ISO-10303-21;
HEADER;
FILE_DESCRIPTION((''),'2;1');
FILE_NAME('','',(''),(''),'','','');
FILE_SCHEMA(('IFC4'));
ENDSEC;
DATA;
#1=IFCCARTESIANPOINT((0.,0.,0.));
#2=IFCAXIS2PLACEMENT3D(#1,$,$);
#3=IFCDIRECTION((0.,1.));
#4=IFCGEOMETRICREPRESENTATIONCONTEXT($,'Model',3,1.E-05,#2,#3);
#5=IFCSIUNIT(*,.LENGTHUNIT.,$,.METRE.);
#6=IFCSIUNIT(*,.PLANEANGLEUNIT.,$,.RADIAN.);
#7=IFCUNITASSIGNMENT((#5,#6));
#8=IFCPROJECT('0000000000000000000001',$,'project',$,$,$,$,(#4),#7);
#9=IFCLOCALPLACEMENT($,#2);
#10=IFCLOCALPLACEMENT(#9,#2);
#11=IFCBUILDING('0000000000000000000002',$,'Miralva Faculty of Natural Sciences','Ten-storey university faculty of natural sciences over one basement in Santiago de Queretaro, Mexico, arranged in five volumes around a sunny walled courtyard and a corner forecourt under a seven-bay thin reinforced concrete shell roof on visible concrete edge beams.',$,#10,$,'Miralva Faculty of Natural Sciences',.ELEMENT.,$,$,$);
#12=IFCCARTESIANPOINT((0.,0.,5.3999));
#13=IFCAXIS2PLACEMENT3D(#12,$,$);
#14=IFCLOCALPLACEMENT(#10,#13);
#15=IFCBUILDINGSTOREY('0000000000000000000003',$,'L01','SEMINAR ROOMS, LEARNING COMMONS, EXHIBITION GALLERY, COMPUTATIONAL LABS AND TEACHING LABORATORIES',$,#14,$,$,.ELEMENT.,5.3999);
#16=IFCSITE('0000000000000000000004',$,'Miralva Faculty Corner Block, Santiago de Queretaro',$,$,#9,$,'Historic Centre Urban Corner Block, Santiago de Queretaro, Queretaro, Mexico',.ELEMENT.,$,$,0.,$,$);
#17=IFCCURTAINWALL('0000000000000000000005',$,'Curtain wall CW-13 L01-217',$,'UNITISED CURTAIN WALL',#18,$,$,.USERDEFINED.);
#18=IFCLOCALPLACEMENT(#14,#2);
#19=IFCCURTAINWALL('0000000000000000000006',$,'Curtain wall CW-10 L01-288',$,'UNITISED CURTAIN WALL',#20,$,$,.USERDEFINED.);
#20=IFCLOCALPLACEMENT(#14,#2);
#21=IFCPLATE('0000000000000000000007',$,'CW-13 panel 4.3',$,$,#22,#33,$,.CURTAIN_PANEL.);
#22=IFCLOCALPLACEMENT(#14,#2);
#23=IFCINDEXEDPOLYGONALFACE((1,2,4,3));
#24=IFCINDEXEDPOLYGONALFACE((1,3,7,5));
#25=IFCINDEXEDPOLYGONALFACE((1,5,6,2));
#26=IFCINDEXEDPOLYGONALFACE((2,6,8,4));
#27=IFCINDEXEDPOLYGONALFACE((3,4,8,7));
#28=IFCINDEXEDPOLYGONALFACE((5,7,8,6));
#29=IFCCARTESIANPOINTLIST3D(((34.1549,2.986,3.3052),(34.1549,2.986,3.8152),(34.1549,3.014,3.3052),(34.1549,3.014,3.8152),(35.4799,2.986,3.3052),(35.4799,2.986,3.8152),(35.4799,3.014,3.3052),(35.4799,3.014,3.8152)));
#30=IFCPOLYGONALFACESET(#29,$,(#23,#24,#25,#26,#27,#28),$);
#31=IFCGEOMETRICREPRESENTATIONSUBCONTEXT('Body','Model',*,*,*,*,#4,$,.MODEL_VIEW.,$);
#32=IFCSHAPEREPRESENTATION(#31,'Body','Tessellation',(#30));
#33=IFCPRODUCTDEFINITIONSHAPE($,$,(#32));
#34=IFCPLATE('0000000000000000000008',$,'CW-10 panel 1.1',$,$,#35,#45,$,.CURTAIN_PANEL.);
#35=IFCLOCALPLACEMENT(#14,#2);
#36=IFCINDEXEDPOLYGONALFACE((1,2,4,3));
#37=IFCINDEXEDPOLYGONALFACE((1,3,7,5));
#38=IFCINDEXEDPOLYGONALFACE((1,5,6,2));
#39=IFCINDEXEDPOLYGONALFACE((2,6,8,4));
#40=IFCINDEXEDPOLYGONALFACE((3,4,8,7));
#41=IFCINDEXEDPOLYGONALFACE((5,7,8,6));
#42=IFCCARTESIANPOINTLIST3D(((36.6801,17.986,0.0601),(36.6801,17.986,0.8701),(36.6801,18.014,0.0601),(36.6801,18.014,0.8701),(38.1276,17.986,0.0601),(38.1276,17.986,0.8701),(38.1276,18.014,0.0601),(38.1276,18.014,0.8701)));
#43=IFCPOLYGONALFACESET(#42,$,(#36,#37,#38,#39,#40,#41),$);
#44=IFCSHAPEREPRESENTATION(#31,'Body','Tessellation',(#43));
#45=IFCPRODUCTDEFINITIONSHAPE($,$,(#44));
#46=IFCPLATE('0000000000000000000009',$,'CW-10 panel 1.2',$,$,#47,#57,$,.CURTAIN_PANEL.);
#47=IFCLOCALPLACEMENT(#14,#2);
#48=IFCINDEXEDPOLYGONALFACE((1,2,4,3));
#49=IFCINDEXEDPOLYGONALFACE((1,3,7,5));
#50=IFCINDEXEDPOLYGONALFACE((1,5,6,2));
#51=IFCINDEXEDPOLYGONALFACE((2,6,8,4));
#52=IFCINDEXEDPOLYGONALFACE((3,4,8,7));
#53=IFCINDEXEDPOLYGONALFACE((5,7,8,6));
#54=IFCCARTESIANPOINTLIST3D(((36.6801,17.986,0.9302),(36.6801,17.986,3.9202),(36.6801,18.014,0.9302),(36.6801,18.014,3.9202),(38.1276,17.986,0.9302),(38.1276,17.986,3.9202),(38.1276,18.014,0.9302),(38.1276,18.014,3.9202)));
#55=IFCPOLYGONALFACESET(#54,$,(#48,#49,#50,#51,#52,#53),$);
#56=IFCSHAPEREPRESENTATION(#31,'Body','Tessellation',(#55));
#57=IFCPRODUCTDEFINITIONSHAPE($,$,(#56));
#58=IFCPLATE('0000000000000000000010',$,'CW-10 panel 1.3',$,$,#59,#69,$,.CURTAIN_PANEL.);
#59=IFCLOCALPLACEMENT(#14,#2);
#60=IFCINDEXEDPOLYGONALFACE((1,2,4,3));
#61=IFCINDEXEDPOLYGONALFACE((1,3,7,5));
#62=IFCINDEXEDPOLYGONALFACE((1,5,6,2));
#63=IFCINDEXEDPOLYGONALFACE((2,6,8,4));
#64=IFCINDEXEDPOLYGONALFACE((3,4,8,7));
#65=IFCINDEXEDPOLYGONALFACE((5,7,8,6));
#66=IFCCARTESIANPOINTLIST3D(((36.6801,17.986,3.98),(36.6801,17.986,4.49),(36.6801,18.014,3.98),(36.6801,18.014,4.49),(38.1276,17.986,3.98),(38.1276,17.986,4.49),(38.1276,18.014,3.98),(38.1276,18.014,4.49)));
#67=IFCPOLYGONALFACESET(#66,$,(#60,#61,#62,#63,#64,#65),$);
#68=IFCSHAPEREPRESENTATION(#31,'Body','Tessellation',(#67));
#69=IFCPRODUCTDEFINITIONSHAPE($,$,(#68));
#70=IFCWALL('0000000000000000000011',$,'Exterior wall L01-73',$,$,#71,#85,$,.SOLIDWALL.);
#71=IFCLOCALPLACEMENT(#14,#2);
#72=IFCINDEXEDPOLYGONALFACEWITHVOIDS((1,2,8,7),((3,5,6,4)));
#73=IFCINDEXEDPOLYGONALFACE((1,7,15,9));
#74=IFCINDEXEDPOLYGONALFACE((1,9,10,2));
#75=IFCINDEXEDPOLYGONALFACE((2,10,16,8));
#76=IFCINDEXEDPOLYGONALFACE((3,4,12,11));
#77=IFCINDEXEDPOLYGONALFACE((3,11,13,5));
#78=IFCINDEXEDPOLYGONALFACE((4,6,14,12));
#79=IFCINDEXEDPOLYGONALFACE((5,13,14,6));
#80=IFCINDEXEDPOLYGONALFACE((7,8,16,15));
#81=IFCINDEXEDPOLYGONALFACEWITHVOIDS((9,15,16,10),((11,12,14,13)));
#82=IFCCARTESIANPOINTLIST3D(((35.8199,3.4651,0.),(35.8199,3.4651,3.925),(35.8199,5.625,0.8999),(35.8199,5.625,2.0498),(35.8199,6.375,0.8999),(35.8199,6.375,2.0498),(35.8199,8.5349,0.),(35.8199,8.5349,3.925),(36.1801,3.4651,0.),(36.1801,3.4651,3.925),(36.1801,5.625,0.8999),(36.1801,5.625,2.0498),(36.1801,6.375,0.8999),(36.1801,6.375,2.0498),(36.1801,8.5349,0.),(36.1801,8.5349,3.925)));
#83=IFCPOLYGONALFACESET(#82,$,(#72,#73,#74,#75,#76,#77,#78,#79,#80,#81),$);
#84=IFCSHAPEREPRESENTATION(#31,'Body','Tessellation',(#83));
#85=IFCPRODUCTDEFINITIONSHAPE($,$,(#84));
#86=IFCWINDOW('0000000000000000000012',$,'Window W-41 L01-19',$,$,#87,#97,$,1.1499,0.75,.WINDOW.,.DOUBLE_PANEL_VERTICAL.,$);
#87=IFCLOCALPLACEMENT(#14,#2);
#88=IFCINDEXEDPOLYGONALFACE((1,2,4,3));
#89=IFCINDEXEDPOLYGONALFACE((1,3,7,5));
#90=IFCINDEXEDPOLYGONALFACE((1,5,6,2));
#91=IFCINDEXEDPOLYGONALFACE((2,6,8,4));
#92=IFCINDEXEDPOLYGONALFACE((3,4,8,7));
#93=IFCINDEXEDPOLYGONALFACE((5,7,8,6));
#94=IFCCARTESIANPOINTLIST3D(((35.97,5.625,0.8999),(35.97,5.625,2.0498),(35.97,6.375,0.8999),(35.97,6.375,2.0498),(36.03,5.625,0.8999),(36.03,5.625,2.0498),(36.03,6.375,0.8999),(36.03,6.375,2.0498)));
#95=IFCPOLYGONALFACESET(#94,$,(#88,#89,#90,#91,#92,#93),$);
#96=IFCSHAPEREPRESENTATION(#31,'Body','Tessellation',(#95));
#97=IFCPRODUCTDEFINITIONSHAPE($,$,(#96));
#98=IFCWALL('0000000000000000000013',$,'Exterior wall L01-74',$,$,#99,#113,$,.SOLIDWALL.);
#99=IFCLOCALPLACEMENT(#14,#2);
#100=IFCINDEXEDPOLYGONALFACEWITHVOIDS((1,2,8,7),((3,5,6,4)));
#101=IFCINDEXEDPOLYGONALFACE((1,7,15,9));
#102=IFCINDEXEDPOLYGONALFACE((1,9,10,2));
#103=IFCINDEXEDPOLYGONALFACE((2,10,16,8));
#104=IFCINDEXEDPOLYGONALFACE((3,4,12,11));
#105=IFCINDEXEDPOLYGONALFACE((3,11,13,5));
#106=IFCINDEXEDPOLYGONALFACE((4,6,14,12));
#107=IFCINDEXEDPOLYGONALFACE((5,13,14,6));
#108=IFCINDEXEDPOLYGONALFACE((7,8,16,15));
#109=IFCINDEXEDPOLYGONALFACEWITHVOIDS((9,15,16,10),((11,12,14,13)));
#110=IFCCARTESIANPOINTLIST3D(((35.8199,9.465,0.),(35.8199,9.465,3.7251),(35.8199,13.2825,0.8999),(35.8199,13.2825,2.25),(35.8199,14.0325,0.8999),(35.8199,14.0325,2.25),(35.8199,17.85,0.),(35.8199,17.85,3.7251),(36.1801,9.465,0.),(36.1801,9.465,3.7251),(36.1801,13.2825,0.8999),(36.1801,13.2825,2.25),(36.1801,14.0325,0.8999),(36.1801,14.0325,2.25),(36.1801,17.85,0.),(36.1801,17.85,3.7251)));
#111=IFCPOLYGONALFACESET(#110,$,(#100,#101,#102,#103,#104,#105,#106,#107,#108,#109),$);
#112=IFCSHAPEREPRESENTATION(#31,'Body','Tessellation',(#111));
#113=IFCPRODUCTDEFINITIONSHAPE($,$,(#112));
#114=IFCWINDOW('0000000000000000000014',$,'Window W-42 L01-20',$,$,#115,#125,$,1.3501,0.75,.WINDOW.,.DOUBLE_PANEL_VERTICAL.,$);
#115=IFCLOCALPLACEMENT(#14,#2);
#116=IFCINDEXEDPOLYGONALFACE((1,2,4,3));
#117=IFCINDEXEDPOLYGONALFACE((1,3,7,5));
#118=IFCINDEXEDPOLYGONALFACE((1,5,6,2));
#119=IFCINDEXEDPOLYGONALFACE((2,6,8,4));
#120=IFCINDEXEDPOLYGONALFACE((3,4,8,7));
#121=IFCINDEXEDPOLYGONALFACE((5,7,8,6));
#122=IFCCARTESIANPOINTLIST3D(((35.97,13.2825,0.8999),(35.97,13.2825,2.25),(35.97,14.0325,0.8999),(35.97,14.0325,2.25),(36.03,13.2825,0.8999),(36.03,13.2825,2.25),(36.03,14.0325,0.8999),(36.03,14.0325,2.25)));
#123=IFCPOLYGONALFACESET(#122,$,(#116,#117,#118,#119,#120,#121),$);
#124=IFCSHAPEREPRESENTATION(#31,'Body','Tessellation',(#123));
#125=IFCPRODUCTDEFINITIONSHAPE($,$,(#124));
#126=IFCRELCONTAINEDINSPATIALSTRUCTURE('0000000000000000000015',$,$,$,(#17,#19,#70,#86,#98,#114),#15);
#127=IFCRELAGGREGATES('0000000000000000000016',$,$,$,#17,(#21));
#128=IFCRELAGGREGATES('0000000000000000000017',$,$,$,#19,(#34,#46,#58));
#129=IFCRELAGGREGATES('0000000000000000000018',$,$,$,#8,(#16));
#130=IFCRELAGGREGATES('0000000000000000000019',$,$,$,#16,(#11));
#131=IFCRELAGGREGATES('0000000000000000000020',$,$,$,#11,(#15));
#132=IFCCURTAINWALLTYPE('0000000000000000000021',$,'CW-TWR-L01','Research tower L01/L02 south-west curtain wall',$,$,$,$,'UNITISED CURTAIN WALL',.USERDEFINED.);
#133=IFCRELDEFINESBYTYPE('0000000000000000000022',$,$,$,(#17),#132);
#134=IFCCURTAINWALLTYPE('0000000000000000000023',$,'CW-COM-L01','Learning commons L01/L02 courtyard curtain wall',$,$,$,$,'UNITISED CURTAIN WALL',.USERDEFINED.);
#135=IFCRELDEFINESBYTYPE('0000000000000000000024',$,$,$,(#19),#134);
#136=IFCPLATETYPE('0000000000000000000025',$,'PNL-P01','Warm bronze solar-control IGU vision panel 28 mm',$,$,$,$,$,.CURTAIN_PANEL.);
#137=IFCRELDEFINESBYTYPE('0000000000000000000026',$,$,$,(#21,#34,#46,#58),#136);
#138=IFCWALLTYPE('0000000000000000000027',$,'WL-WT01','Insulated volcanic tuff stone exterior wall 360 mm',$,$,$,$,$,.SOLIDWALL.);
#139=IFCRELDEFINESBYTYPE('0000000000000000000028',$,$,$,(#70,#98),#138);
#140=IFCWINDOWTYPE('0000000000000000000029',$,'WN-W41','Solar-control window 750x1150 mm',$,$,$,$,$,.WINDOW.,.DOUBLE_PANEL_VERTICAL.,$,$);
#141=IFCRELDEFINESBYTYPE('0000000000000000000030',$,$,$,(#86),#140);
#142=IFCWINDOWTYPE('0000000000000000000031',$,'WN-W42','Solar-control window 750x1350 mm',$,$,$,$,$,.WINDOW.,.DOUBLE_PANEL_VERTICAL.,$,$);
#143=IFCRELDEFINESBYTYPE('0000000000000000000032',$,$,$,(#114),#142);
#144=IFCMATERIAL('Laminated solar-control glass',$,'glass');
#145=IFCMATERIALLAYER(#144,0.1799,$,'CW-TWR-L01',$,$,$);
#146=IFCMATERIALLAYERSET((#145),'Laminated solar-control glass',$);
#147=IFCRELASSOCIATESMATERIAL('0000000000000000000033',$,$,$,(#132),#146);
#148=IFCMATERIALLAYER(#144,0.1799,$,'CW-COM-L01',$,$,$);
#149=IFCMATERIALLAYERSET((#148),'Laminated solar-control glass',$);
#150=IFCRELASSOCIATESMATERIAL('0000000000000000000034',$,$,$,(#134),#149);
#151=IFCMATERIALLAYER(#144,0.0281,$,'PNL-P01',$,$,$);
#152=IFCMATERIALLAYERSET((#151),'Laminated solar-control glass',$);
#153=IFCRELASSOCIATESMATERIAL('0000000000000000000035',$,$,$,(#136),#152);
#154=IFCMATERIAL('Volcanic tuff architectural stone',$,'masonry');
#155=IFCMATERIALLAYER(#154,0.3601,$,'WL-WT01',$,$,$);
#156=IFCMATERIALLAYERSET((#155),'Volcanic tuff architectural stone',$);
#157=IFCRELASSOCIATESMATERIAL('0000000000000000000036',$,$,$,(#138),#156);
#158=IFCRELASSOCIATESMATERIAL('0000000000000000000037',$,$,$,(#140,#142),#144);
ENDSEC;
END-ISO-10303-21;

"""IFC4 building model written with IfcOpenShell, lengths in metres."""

from ifc_helpers import new_model, si_unit, direction, frame, frame_2d, origin, origin_2d, place, context, subcontext, project, spatial, rectangle, extrude, material, layer, layer_set, type_object, element, fill, aggregate, save


model = new_model("IFC4")

# Units and contexts
model_context = context("Model", 3, precision=1e-05, world=origin(), true_north=direction((0.0, 1.0)))
body_context = subcontext(model_context, "Body", "Model", "MODEL_VIEW")
ifc_project = project(units=[si_unit("LENGTHUNIT", "METRE"), si_unit("PLANEANGLEUNIT", "RADIAN")], contexts=[model_context])

# Site, building, storey
site_placement = place(None, origin())
site = spatial("IfcSite", under=ifc_project, at=site_placement, Name="Miralva Faculty Corner Block, Santiago de Queretaro", LongName="Historic Centre Urban Corner Block, Santiago de Queretaro, Queretaro, Mexico", CompositionType="ELEMENT", RefElevation=0.0)
building_placement = place(site_placement, origin())
building = spatial("IfcBuilding", under=site, at=building_placement, Name="Miralva Faculty of Natural Sciences", Description="Ten-storey university faculty of natural sciences over one basement in Santiago de Queretaro, Mexico, arranged in five volumes around a sunny walled courtyard and a corner forecourt under a seven-bay thin reinforced concrete shell roof on visible concrete edge beams.", LongName="Miralva Faculty of Natural Sciences", CompositionType="ELEMENT")
storey_placement = place(building_placement, frame((0.0, 0.0, 5.3999)))
storey = spatial("IfcBuildingStorey", under=building, at=storey_placement, Name="L01", Description="SEMINAR ROOMS, LEARNING COMMONS, EXHIBITION GALLERY, COMPUTATIONAL LABS AND TEACHING LABORATORIES", CompositionType="ELEMENT", Elevation=5.3999)

# Curtain wall
ifc_material_1 = material(Name="Laminated solar-control glass", Category="glass")
ifc_layer_1 = layer(ifc_material_1, 0.1799, Name="CW-TWR-L01")
ifc_layer_set_1 = layer_set([ifc_layer_1], Name="Laminated solar-control glass")
curtain_wall_type_1 = type_object("IfcCurtainWallType", Name="CW-TWR-L01", Description="Research tower L01/L02 south-west curtain wall", ElementType="UNITISED CURTAIN WALL", PredefinedType="USERDEFINED", material=ifc_layer_set_1)
curtain_wall_1_placement = place(storey_placement, origin())
curtain_wall_1 = element("IfcCurtainWall", 1, at=curtain_wall_1_placement, inside=storey, type_object=curtain_wall_type_1, Name="Curtain wall CW-13 L01-217", ObjectType="UNITISED CURTAIN WALL", PredefinedType="USERDEFINED")

# Curtain wall
ifc_layer_2 = layer(ifc_material_1, 0.1799, Name="CW-COM-L01")
ifc_layer_set_2 = layer_set([ifc_layer_2], Name="Laminated solar-control glass")
curtain_wall_type_2 = type_object("IfcCurtainWallType", Name="CW-COM-L01", Description="Learning commons L01/L02 courtyard curtain wall", ElementType="UNITISED CURTAIN WALL", PredefinedType="USERDEFINED", material=ifc_layer_set_2)
curtain_wall_2_placement = place(storey_placement, origin())
curtain_wall_2 = element("IfcCurtainWall", 2, at=curtain_wall_2_placement, inside=storey, type_object=curtain_wall_type_2, Name="Curtain wall CW-10 L01-288", ObjectType="UNITISED CURTAIN WALL", PredefinedType="USERDEFINED")

# Plates
ifc_layer_3 = layer(ifc_material_1, 0.0281, Name="PNL-P01")
ifc_layer_set_3 = layer_set([ifc_layer_3], Name="Laminated solar-control glass")
plate_type = type_object("IfcPlateType", Name="PNL-P01", Description="Warm bronze solar-control IGU vision panel 28 mm", PredefinedType="CURTAIN_PANEL", material=ifc_layer_set_3)
plate_1_placement = place(storey_placement, frame((34.8174, 3.0, 3.3052), z_axis=(0.0, 0.0, 1.0), x_axis=(1.0, 0.0, 0.0)))
plate_1 = element("IfcPlate", 3, at=plate_1_placement, type_object=plate_type, Name="CW-13 panel 4.3", PredefinedType="CURTAIN_PANEL", context=body_context, shape_type="SweptSolid", body=[
    extrude(rectangle(XDim=1.325, YDim=0.0281, at=origin_2d()), origin(), (0.0, 0.0, 1.0), 0.51),
])
aggregate(curtain_wall_1, [plate_1])
plate_2_placement = place(storey_placement, frame((37.4038, 18.0, 0.0601), z_axis=(0.0, 0.0, 1.0), x_axis=(1.0, 0.0, 0.0)))
plate_2 = element("IfcPlate", 4, at=plate_2_placement, type_object=plate_type, Name="CW-10 panel 1.1", PredefinedType="CURTAIN_PANEL", context=body_context, shape_type="SweptSolid", body=[
    extrude(rectangle(XDim=1.4475, YDim=0.0281, at=origin_2d()), origin(), (0.0, 0.0, 1.0), 0.8101),
])
plate_3_placement = place(storey_placement, frame((37.4038, 18.0, 0.9302), z_axis=(0.0, 0.0, 1.0), x_axis=(1.0, 0.0, 0.0)))
plate_3 = element("IfcPlate", 5, at=plate_3_placement, type_object=plate_type, Name="CW-10 panel 1.2", PredefinedType="CURTAIN_PANEL", context=body_context, shape_type="SweptSolid", body=[
    extrude(rectangle(XDim=1.4475, YDim=0.0281, at=origin_2d()), origin(), (0.0, 0.0, 1.0), 2.99),
])
plate_4_placement = place(storey_placement, frame((37.4038, 18.0, 3.98), z_axis=(0.0, 0.0, 1.0), x_axis=(1.0, 0.0, 0.0)))
plate_4 = element("IfcPlate", 6, at=plate_4_placement, type_object=plate_type, Name="CW-10 panel 1.3", PredefinedType="CURTAIN_PANEL", context=body_context, shape_type="SweptSolid", body=[
    extrude(rectangle(XDim=1.4475, YDim=0.0281, at=origin_2d()), origin(), (0.0, 0.0, 1.0), 0.51),
])
aggregate(curtain_wall_2, [plate_2, plate_3, plate_4])

# Walls, openings, windows
ifc_material_2 = material(Name="Volcanic tuff architectural stone", Category="masonry")
ifc_layer_4 = layer(ifc_material_2, 0.3601, Name="WL-WT01")
ifc_layer_set_4 = layer_set([ifc_layer_4], Name="Volcanic tuff architectural stone")
wall_type = type_object("IfcWallType", Name="WL-WT01", Description="Insulated volcanic tuff stone exterior wall 360 mm", PredefinedType="SOLIDWALL", material=ifc_layer_set_4)
wall_1_placement = place(storey_placement, frame((36.0, 3.4651, 0.0), z_axis=(0.0, 0.0, 1.0), x_axis=(0.0, 1.0, 0.0)))
wall_1 = element("IfcWall", 7, at=wall_1_placement, inside=storey, type_object=wall_type, Name="Exterior wall L01-73", PredefinedType="SOLIDWALL", context=body_context, shape_type="SweptSolid", body=[
    extrude(rectangle(XDim=5.0698, YDim=0.3601, at=frame_2d((2.5349, 0.0))), origin(), (0.0, 0.0, 1.0), 3.925),
])
opening_1_placement = place(wall_1_placement, frame((2.1599, 0.0, 0.8999)))
opening_1 = element("IfcOpeningElement", 8, at=opening_1_placement, cuts=wall_1, PredefinedType="OPENING", context=body_context, shape_type="SweptSolid", body=[
    extrude(rectangle(XDim=0.75, YDim=1.1499, at=frame_2d((0.375, 0.575))), frame((0.0, 0.1899, 0.0), z_axis=(0.0, -1.0, 0.0), x_axis=(1.0, 0.0, 0.0)), (0.0, 0.0, 1.0), 0.3801),
])
window_type_1 = type_object("IfcWindowType", Name="WN-W41", Description="Solar-control window 750x1150 mm", PartitioningType="DOUBLE_PANEL_VERTICAL", PredefinedType="WINDOW", material=ifc_material_1)
window_1_placement = place(opening_1_placement, frame((0.75, 0.0, 0.0), z_axis=(0.0, 0.0, 1.0), x_axis=(-1.0, 0.0, 0.0)))
window_1 = element("IfcWindow", 9, at=window_1_placement, inside=storey, type_object=window_type_1, Name="Window W-41 L01-19", OverallHeight=1.1499, OverallWidth=0.75, PartitioningType="DOUBLE_PANEL_VERTICAL", PredefinedType="WINDOW", context=body_context, shape_type="SweptSolid", body=[
    extrude(rectangle(XDim=0.75, YDim=1.1499, at=frame_2d((0.375, 0.575))), frame((0.0, 0.03, 0.0), z_axis=(0.0, -1.0, 0.0), x_axis=(1.0, 0.0, 0.0)), (0.0, 0.0, 1.0), 0.0601),
])
fill(opening_1, window_1)
wall_2_placement = place(storey_placement, frame((36.0, 9.4651, 0.0), z_axis=(0.0, 0.0, 1.0), x_axis=(0.0, 1.0, 0.0)))
wall_2 = element("IfcWall", 10, at=wall_2_placement, inside=storey, type_object=wall_type, Name="Exterior wall L01-74", PredefinedType="SOLIDWALL", context=body_context, shape_type="SweptSolid", body=[
    extrude(rectangle(XDim=8.385, YDim=0.3601, at=frame_2d((4.1924, 0.0))), origin(), (0.0, 0.0, 1.0), 3.7251),
])
opening_2_placement = place(wall_2_placement, frame((3.8174, 0.0, 0.8999)))
opening_2 = element("IfcOpeningElement", 11, at=opening_2_placement, cuts=wall_2, PredefinedType="OPENING", context=body_context, shape_type="SweptSolid", body=[
    extrude(rectangle(XDim=0.75, YDim=1.3501, at=frame_2d((0.375, 0.675))), frame((0.0, 0.1899, 0.0), z_axis=(0.0, -1.0, 0.0), x_axis=(1.0, 0.0, 0.0)), (0.0, 0.0, 1.0), 0.3801),
])
window_type_2 = type_object("IfcWindowType", Name="WN-W42", Description="Solar-control window 750x1350 mm", PartitioningType="DOUBLE_PANEL_VERTICAL", PredefinedType="WINDOW", material=ifc_material_1)
window_2_placement = place(opening_2_placement, frame((0.75, 0.0, 0.0), z_axis=(0.0, 0.0, 1.0), x_axis=(-1.0, 0.0, 0.0)))
window_2 = element("IfcWindow", 12, at=window_2_placement, inside=storey, type_object=window_type_2, Name="Window W-42 L01-20", OverallHeight=1.3501, OverallWidth=0.75, PartitioningType="DOUBLE_PANEL_VERTICAL", PredefinedType="WINDOW", context=body_context, shape_type="SweptSolid", body=[
    extrude(rectangle(XDim=0.75, YDim=1.3501, at=frame_2d((0.375, 0.675))), frame((0.0, 0.03, 0.0), z_axis=(0.0, -1.0, 0.0), x_axis=(1.0, 0.0, 0.0)), (0.0, 0.0, 1.0), 0.0601),
])
fill(opening_2, window_2)

save(model, "model.ifc")
